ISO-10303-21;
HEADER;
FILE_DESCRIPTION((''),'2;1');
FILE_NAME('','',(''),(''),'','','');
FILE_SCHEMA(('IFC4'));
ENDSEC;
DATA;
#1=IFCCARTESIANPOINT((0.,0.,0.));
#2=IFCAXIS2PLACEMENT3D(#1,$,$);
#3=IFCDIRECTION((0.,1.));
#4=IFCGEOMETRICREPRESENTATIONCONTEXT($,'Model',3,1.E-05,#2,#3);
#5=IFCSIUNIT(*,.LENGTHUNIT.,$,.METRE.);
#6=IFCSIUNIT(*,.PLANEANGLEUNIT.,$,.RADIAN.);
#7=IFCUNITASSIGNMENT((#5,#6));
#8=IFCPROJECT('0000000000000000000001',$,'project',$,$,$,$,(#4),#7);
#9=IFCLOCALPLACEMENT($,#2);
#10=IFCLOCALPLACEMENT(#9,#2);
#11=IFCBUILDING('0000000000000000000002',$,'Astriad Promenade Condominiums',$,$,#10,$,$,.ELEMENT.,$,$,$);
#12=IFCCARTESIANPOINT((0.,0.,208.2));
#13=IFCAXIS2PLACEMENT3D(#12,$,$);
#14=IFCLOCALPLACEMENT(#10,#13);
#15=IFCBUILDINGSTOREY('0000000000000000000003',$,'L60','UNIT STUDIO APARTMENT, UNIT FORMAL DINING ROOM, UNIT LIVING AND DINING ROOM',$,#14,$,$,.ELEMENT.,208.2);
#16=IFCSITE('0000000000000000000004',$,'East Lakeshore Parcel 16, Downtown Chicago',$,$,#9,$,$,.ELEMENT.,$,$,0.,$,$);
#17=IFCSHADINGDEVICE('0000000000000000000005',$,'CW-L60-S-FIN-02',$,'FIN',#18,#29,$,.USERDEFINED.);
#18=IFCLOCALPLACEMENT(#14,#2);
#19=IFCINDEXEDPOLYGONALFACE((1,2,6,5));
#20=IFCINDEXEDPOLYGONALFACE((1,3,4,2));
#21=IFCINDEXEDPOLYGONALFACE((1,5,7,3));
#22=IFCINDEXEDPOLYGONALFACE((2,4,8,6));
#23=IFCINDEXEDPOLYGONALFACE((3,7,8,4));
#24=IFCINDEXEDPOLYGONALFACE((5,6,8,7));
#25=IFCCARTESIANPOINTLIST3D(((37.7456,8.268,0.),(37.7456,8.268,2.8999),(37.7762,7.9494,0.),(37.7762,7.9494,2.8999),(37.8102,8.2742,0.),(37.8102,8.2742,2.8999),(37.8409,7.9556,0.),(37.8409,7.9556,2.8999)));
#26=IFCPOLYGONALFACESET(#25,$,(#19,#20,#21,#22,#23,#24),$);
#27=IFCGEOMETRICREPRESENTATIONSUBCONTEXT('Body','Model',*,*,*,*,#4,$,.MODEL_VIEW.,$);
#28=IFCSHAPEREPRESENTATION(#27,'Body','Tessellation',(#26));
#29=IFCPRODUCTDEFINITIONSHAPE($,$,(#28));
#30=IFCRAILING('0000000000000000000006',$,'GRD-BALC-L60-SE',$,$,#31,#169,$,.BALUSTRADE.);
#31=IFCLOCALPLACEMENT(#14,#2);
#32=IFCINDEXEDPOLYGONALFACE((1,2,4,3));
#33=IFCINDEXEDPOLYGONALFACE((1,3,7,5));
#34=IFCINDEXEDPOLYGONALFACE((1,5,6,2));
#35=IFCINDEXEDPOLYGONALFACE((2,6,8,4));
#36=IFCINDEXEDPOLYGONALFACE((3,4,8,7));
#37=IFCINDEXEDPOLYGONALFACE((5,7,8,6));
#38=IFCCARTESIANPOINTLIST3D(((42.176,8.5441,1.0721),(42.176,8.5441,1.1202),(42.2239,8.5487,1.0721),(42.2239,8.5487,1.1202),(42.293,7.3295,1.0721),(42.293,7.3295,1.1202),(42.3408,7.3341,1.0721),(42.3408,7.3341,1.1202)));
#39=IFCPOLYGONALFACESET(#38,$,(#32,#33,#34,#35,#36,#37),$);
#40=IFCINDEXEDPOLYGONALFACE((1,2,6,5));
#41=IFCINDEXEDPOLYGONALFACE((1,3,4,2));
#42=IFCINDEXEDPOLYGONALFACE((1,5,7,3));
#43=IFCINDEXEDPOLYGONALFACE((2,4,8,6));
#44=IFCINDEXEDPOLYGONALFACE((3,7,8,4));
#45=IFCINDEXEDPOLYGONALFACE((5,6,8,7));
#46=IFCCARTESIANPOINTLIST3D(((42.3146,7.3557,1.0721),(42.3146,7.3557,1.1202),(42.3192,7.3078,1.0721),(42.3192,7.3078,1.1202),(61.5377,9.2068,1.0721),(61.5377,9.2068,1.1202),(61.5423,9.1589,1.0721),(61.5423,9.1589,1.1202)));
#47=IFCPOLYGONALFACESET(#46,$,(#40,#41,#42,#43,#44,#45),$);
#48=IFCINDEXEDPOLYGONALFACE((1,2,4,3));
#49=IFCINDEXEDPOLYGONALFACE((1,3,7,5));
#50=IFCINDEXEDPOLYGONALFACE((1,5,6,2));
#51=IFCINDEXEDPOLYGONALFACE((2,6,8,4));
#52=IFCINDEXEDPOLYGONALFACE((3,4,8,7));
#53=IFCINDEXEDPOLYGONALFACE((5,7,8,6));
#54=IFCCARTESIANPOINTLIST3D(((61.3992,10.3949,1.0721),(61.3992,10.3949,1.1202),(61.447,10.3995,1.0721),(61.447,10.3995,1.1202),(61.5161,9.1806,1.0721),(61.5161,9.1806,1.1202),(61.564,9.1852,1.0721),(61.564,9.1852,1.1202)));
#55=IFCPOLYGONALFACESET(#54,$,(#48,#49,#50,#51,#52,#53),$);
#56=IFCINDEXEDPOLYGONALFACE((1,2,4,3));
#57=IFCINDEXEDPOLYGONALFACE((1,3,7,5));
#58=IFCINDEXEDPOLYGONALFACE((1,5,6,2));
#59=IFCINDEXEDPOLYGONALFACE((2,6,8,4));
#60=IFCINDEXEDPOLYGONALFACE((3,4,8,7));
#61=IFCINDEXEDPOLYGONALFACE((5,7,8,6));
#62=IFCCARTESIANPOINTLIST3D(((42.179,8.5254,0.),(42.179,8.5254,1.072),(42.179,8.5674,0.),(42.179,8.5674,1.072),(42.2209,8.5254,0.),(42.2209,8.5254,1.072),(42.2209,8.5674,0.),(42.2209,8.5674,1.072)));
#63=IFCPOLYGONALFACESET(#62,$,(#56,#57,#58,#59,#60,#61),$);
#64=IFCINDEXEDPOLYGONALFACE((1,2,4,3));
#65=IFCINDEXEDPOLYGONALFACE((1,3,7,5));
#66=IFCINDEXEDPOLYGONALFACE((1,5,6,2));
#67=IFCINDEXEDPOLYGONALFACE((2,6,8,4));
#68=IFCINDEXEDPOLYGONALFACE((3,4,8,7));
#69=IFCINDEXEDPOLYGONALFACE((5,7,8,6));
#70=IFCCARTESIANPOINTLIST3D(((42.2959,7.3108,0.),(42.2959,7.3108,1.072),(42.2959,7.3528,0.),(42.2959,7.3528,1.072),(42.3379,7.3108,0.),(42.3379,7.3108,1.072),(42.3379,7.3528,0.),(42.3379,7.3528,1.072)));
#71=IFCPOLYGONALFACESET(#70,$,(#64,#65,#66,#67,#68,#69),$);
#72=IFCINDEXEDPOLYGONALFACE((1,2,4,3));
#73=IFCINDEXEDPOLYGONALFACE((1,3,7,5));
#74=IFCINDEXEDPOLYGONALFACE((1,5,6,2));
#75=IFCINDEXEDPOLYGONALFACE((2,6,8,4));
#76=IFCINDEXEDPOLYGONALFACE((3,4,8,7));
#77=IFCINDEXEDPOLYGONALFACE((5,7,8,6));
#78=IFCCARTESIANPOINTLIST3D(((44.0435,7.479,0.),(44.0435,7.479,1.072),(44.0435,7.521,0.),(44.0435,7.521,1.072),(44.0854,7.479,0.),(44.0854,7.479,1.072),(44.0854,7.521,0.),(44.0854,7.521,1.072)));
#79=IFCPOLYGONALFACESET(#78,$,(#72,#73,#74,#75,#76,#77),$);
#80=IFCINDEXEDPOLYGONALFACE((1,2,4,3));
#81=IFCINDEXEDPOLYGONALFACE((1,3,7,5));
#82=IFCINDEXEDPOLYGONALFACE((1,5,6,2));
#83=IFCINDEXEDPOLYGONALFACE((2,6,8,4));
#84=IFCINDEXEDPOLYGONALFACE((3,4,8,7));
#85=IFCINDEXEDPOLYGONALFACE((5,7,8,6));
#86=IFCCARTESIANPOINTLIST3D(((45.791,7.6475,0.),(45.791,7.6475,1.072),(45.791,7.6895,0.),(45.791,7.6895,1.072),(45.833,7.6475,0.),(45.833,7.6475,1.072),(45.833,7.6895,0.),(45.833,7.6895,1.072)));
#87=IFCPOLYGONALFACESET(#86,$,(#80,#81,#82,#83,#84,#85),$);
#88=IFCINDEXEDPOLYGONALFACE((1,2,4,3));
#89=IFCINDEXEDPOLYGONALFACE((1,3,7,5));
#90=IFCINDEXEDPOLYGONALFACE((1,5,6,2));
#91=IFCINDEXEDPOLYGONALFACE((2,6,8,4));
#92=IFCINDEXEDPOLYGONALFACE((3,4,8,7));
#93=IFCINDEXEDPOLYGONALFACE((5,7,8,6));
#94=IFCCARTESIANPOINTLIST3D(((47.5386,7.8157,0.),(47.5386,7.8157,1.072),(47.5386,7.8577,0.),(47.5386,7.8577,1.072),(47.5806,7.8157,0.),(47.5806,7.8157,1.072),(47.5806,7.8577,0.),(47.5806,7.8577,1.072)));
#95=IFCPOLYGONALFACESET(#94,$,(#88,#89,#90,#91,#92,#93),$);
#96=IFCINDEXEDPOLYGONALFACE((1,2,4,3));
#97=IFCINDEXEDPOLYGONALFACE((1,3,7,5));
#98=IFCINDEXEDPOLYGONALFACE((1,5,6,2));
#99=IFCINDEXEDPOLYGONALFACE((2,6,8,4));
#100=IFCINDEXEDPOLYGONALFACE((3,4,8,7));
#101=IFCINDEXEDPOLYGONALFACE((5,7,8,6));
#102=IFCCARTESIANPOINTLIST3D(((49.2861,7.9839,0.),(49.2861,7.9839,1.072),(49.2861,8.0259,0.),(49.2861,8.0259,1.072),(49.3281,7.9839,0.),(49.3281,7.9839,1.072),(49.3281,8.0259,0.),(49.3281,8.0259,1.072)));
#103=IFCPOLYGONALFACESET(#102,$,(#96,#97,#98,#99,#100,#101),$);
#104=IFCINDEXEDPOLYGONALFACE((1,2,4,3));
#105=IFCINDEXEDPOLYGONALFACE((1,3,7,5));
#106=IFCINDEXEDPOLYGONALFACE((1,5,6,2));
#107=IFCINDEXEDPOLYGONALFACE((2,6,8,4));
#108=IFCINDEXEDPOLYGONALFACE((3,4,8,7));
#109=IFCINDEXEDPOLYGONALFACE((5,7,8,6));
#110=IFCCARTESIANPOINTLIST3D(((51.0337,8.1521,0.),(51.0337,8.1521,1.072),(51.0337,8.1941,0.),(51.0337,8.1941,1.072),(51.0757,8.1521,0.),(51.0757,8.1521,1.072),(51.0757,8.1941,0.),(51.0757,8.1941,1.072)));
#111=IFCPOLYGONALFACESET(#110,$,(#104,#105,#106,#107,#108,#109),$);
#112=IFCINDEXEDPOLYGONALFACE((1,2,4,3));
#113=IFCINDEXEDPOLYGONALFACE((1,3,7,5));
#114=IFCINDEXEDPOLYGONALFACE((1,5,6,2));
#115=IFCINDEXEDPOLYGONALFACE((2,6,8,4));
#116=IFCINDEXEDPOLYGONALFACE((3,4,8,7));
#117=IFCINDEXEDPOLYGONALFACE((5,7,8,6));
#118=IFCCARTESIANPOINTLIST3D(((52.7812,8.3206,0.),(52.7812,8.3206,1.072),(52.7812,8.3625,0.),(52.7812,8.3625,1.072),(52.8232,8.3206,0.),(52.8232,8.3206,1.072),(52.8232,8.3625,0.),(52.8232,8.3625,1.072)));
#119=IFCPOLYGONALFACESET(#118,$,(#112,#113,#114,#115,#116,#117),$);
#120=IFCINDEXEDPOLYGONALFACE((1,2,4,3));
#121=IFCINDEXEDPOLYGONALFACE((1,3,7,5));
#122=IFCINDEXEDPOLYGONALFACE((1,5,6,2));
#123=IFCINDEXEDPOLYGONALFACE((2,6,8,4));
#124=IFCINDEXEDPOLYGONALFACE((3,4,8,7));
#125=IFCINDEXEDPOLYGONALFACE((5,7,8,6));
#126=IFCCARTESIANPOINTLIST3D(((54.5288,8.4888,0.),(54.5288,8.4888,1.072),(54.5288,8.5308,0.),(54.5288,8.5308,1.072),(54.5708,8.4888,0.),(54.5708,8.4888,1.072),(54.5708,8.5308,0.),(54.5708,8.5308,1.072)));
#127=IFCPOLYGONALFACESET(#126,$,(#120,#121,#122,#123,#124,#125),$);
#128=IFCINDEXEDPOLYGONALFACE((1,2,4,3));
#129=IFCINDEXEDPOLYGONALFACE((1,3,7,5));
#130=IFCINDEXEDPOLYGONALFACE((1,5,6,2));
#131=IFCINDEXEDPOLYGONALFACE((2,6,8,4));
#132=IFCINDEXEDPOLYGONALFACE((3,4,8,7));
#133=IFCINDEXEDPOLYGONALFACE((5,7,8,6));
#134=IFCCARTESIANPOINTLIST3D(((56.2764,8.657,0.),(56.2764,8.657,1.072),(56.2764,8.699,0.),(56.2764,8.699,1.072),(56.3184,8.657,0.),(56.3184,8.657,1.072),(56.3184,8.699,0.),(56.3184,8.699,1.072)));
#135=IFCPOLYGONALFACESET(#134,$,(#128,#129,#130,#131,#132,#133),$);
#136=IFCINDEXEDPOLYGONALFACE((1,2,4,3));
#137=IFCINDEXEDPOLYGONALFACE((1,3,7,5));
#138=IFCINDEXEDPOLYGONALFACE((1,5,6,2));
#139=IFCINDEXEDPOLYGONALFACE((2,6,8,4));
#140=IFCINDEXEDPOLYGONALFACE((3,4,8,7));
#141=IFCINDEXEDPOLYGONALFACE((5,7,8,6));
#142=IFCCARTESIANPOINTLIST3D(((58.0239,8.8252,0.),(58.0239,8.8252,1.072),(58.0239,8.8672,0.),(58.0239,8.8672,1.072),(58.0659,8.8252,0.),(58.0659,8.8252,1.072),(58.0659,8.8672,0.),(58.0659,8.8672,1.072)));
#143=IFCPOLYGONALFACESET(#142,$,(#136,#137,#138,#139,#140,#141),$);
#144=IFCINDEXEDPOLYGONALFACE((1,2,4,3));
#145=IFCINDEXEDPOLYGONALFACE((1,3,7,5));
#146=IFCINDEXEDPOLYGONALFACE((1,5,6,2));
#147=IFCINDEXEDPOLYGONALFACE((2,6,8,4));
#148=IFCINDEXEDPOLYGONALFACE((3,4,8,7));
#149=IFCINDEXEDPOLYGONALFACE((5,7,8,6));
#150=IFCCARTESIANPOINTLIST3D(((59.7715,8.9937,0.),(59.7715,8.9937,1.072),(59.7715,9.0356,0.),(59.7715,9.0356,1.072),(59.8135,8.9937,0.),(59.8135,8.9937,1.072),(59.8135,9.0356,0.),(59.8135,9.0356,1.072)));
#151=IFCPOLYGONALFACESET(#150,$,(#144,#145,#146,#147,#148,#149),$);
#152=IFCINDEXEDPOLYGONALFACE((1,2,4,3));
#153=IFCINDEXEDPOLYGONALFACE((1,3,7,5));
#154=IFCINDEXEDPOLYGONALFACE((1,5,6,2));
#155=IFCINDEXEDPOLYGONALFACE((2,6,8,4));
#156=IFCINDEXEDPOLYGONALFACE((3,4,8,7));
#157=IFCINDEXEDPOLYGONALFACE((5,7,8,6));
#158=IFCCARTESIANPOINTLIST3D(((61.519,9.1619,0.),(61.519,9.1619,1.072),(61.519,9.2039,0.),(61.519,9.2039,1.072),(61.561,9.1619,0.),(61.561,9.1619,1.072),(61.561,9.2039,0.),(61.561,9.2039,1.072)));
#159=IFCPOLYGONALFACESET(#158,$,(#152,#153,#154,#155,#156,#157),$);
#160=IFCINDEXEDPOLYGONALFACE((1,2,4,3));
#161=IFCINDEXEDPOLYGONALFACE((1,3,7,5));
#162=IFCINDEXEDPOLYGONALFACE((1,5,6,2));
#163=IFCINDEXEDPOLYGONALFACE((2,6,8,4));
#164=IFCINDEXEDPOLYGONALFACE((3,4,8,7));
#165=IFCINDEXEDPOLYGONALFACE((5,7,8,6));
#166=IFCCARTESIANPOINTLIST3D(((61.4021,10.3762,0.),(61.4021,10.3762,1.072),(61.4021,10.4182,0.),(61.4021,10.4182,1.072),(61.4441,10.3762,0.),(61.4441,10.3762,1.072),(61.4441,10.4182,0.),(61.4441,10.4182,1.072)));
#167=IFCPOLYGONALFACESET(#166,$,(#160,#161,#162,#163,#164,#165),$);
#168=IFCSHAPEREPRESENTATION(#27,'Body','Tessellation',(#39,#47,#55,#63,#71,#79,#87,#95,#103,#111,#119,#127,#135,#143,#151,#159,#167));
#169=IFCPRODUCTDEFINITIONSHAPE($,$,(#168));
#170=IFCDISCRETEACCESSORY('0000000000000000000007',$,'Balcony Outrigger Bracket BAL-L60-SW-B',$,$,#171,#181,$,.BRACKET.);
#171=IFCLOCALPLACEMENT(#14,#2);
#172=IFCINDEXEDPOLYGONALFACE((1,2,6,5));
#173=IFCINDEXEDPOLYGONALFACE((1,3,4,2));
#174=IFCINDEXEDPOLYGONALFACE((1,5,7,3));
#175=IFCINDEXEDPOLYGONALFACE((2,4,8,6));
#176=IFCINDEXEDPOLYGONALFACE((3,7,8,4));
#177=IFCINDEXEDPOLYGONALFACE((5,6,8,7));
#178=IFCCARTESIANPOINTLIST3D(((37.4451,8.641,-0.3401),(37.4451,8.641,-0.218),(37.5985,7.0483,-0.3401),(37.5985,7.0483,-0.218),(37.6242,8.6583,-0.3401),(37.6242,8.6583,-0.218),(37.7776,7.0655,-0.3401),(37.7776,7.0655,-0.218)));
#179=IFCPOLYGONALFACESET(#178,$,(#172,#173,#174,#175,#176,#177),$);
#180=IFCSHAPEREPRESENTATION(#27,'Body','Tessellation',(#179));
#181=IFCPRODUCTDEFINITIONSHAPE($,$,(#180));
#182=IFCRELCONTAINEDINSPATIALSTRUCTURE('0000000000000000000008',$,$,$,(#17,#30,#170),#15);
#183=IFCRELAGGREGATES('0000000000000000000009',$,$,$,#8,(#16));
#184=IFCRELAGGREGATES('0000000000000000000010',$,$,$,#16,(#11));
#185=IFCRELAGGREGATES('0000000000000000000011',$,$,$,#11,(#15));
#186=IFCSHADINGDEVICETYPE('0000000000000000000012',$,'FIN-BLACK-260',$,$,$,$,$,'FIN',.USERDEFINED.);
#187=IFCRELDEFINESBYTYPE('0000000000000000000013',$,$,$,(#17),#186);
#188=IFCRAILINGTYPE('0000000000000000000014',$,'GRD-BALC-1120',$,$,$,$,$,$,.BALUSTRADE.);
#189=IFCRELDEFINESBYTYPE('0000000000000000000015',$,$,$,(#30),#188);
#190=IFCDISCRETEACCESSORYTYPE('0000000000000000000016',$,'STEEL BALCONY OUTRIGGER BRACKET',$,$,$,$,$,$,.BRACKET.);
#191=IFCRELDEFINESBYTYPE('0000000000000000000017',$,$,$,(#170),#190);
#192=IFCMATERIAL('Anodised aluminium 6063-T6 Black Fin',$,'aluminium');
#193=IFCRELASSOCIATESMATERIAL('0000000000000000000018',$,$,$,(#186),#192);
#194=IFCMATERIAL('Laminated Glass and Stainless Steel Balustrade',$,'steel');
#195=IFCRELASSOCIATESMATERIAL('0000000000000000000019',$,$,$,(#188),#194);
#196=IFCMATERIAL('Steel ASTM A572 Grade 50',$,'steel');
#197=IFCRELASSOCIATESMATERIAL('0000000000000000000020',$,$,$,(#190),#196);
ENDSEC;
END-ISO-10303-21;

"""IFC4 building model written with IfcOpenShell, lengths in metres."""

from ifc_helpers import new_model, si_unit, direction, frame, origin, origin_2d, place, context, subcontext, project, spatial, rectangle, extrude, source, transform, mapped, material, type_object, type_shapes, element, save


model = new_model("IFC4")

# Units and contexts
model_context = context("Model", 3, precision=1e-05, world=origin(), true_north=direction((0.0, 1.0)))
body_context = subcontext(model_context, "Body", "Model", "MODEL_VIEW")
ifc_project = project(units=[si_unit("LENGTHUNIT", "METRE"), si_unit("PLANEANGLEUNIT", "RADIAN")], contexts=[model_context])

# Site, building, storey
site_placement = place(None, origin())
site = spatial("IfcSite", under=ifc_project, at=site_placement, Name="East Lakeshore Parcel 16, Downtown Chicago", CompositionType="ELEMENT", RefElevation=0.0)
building_placement = place(site_placement, origin())
building = spatial("IfcBuilding", under=site, at=building_placement, Name="Astriad Promenade Condominiums", CompositionType="ELEMENT")
storey_placement = place(building_placement, frame((0.0, 0.0, 208.2)))
storey = spatial("IfcBuildingStorey", under=building, at=storey_placement, Name="L60", Description="UNIT STUDIO APARTMENT, UNIT FORMAL DINING ROOM, UNIT LIVING AND DINING ROOM", CompositionType="ELEMENT", Elevation=208.2)

# Shading device
ifc_material_1 = material(Name="Anodised aluminium 6063-T6 Black Fin", Category="aluminium")
shading_device_type = type_object("IfcShadingDeviceType", Name="FIN-BLACK-260", ElementType="FIN", PredefinedType="USERDEFINED", material=ifc_material_1)
shared_shape_1 = source(origin(), body_context, "Body", "SweptSolid", [
    extrude(rectangle(XDim=0.0649, YDim=0.3201, at=origin_2d()), origin(), (0.0, 0.0, 1.0), 2.8999),
])
type_shapes(shading_device_type, [shared_shape_1])
shading_device_placement = place(storey_placement, frame((37.7932, 8.1118, 0.0), z_axis=(0.0, 0.0, 1.0), x_axis=(-0.995396, -0.095846, 0.0)))
element("IfcShadingDevice", 1, at=shading_device_placement, inside=storey, type_object=shading_device_type, Name="CW-L60-S-FIN-02", ObjectType="FIN", PredefinedType="USERDEFINED", context=body_context, shape_type="MappedRepresentation", body=[
    mapped(shared_shape_1, transform((0.0, 0.0, 0.0), scale=1.0)),
])

# Railing
ifc_material_2 = material(Name="Laminated Glass and Stainless Steel Balustrade", Category="steel")
railing_type = type_object("IfcRailingType", Name="GRD-BALC-1120", PredefinedType="BALUSTRADE", material=ifc_material_2)
shared_shape_2 = source(origin(), body_context, "Body", "SweptSolid", [
    extrude(rectangle(XDim=0.0481, YDim=0.0481, at=origin_2d()), frame((0.0, 0.0, 1.0962), z_axis=(0.095838, -0.995397, 0.0), x_axis=(0.995397, 0.095838, 0.0)), (0.0, 0.0, 1.0), 1.2202),
    extrude(rectangle(XDim=0.0481, YDim=0.0481, at=origin_2d()), frame((0.1169, -1.2146, 1.0962), z_axis=(0.995396, 0.095851, 0.0), x_axis=(-0.095851, 0.995396, 0.0)), (0.0, 0.0, 1.0), 19.312),
    extrude(rectangle(XDim=0.0481, YDim=0.0481, at=origin_2d()), frame((19.3401, 0.6365, 1.0962), z_axis=(-0.095857, 0.995395, 0.0), x_axis=(-0.995395, -0.095857, 0.0)), (0.0, 0.0, 1.0), 1.22),
    extrude(rectangle(XDim=0.042, YDim=0.042, at=origin_2d()), origin(), (0.0, 0.0, 1.0), 1.072),
    extrude(rectangle(XDim=0.042, YDim=0.042, at=origin_2d()), frame((0.1169, -1.2146, 0.0)), (0.0, 0.0, 1.0), 1.072),
    extrude(rectangle(XDim=0.042, YDim=0.042, at=origin_2d()), frame((1.8645, -1.0464, 0.0)), (0.0, 0.0, 1.0), 1.072),
    extrude(rectangle(XDim=0.042, YDim=0.042, at=origin_2d()), frame((3.6121, -0.8779, 0.0)), (0.0, 0.0, 1.0), 1.072),
    extrude(rectangle(XDim=0.042, YDim=0.042, at=origin_2d()), frame((5.3596, -0.7097, 0.0)), (0.0, 0.0, 1.0), 1.072),
    extrude(rectangle(XDim=0.042, YDim=0.042, at=origin_2d()), frame((7.1072, -0.5415, 0.0)), (0.0, 0.0, 1.0), 1.072),
    extrude(rectangle(XDim=0.042, YDim=0.042, at=origin_2d()), frame((8.8547, -0.3733, 0.0)), (0.0, 0.0, 1.0), 1.072),
    extrude(rectangle(XDim=0.042, YDim=0.042, at=origin_2d()), frame((10.6023, -0.2048, 0.0)), (0.0, 0.0, 1.0), 1.072),
    extrude(rectangle(XDim=0.042, YDim=0.042, at=origin_2d()), frame((12.3499, -0.0366, 0.0)), (0.0, 0.0, 1.0), 1.072),
    extrude(rectangle(XDim=0.042, YDim=0.042, at=origin_2d()), frame((14.0974, 0.1316, 0.0)), (0.0, 0.0, 1.0), 1.072),
    extrude(rectangle(XDim=0.042, YDim=0.042, at=origin_2d()), frame((15.845, 0.2998, 0.0)), (0.0, 0.0, 1.0), 1.072),
    extrude(rectangle(XDim=0.042, YDim=0.042, at=origin_2d()), frame((17.5925, 0.4683, 0.0)), (0.0, 0.0, 1.0), 1.072),
    extrude(rectangle(XDim=0.042, YDim=0.042, at=origin_2d()), frame((19.3401, 0.6365, 0.0)), (0.0, 0.0, 1.0), 1.072),
    extrude(rectangle(XDim=0.042, YDim=0.042, at=origin_2d()), frame((19.2231, 1.8508, 0.0)), (0.0, 0.0, 1.0), 1.072),
])
type_shapes(railing_type, [shared_shape_2])
railing_placement = place(storey_placement, frame((42.2, 8.5464, 0.0)))
element("IfcRailing", 2, at=railing_placement, inside=storey, type_object=railing_type, Name="GRD-BALC-L60-SE", PredefinedType="BALUSTRADE", context=body_context, shape_type="MappedRepresentation", body=[
    mapped(shared_shape_2, transform((0.0, 0.0, 0.0), scale=1.0)),
])

# Discrete accessory
ifc_material_3 = material(Name="Steel ASTM A572 Grade 50", Category="steel")
discrete_accessory_type = type_object("IfcDiscreteAccessoryType", Name="STEEL BALCONY OUTRIGGER BRACKET", PredefinedType="BRACKET", material=ifc_material_3)
shared_shape_3 = source(origin(), body_context, "Body", "SweptSolid", [
    extrude(rectangle(XDim=1.6001, YDim=0.1799, at=origin_2d()), origin(), (0.0, 0.0, 1.0), 0.1221),
])
type_shapes(discrete_accessory_type, [shared_shape_3])
discrete_accessory_placement = place(storey_placement, frame((37.6113, 7.8533, -0.3401), z_axis=(0.0, 0.0, 1.0), x_axis=(0.095846, -0.995396, 0.0)))
element("IfcDiscreteAccessory", 3, at=discrete_accessory_placement, inside=storey, type_object=discrete_accessory_type, Name="Balcony Outrigger Bracket BAL-L60-SW-B", PredefinedType="BRACKET", context=body_context, shape_type="MappedRepresentation", body=[
    mapped(shared_shape_3, transform((0.0, 0.0, 0.0), scale=1.0)),
])

save(model, "model.ifc")
